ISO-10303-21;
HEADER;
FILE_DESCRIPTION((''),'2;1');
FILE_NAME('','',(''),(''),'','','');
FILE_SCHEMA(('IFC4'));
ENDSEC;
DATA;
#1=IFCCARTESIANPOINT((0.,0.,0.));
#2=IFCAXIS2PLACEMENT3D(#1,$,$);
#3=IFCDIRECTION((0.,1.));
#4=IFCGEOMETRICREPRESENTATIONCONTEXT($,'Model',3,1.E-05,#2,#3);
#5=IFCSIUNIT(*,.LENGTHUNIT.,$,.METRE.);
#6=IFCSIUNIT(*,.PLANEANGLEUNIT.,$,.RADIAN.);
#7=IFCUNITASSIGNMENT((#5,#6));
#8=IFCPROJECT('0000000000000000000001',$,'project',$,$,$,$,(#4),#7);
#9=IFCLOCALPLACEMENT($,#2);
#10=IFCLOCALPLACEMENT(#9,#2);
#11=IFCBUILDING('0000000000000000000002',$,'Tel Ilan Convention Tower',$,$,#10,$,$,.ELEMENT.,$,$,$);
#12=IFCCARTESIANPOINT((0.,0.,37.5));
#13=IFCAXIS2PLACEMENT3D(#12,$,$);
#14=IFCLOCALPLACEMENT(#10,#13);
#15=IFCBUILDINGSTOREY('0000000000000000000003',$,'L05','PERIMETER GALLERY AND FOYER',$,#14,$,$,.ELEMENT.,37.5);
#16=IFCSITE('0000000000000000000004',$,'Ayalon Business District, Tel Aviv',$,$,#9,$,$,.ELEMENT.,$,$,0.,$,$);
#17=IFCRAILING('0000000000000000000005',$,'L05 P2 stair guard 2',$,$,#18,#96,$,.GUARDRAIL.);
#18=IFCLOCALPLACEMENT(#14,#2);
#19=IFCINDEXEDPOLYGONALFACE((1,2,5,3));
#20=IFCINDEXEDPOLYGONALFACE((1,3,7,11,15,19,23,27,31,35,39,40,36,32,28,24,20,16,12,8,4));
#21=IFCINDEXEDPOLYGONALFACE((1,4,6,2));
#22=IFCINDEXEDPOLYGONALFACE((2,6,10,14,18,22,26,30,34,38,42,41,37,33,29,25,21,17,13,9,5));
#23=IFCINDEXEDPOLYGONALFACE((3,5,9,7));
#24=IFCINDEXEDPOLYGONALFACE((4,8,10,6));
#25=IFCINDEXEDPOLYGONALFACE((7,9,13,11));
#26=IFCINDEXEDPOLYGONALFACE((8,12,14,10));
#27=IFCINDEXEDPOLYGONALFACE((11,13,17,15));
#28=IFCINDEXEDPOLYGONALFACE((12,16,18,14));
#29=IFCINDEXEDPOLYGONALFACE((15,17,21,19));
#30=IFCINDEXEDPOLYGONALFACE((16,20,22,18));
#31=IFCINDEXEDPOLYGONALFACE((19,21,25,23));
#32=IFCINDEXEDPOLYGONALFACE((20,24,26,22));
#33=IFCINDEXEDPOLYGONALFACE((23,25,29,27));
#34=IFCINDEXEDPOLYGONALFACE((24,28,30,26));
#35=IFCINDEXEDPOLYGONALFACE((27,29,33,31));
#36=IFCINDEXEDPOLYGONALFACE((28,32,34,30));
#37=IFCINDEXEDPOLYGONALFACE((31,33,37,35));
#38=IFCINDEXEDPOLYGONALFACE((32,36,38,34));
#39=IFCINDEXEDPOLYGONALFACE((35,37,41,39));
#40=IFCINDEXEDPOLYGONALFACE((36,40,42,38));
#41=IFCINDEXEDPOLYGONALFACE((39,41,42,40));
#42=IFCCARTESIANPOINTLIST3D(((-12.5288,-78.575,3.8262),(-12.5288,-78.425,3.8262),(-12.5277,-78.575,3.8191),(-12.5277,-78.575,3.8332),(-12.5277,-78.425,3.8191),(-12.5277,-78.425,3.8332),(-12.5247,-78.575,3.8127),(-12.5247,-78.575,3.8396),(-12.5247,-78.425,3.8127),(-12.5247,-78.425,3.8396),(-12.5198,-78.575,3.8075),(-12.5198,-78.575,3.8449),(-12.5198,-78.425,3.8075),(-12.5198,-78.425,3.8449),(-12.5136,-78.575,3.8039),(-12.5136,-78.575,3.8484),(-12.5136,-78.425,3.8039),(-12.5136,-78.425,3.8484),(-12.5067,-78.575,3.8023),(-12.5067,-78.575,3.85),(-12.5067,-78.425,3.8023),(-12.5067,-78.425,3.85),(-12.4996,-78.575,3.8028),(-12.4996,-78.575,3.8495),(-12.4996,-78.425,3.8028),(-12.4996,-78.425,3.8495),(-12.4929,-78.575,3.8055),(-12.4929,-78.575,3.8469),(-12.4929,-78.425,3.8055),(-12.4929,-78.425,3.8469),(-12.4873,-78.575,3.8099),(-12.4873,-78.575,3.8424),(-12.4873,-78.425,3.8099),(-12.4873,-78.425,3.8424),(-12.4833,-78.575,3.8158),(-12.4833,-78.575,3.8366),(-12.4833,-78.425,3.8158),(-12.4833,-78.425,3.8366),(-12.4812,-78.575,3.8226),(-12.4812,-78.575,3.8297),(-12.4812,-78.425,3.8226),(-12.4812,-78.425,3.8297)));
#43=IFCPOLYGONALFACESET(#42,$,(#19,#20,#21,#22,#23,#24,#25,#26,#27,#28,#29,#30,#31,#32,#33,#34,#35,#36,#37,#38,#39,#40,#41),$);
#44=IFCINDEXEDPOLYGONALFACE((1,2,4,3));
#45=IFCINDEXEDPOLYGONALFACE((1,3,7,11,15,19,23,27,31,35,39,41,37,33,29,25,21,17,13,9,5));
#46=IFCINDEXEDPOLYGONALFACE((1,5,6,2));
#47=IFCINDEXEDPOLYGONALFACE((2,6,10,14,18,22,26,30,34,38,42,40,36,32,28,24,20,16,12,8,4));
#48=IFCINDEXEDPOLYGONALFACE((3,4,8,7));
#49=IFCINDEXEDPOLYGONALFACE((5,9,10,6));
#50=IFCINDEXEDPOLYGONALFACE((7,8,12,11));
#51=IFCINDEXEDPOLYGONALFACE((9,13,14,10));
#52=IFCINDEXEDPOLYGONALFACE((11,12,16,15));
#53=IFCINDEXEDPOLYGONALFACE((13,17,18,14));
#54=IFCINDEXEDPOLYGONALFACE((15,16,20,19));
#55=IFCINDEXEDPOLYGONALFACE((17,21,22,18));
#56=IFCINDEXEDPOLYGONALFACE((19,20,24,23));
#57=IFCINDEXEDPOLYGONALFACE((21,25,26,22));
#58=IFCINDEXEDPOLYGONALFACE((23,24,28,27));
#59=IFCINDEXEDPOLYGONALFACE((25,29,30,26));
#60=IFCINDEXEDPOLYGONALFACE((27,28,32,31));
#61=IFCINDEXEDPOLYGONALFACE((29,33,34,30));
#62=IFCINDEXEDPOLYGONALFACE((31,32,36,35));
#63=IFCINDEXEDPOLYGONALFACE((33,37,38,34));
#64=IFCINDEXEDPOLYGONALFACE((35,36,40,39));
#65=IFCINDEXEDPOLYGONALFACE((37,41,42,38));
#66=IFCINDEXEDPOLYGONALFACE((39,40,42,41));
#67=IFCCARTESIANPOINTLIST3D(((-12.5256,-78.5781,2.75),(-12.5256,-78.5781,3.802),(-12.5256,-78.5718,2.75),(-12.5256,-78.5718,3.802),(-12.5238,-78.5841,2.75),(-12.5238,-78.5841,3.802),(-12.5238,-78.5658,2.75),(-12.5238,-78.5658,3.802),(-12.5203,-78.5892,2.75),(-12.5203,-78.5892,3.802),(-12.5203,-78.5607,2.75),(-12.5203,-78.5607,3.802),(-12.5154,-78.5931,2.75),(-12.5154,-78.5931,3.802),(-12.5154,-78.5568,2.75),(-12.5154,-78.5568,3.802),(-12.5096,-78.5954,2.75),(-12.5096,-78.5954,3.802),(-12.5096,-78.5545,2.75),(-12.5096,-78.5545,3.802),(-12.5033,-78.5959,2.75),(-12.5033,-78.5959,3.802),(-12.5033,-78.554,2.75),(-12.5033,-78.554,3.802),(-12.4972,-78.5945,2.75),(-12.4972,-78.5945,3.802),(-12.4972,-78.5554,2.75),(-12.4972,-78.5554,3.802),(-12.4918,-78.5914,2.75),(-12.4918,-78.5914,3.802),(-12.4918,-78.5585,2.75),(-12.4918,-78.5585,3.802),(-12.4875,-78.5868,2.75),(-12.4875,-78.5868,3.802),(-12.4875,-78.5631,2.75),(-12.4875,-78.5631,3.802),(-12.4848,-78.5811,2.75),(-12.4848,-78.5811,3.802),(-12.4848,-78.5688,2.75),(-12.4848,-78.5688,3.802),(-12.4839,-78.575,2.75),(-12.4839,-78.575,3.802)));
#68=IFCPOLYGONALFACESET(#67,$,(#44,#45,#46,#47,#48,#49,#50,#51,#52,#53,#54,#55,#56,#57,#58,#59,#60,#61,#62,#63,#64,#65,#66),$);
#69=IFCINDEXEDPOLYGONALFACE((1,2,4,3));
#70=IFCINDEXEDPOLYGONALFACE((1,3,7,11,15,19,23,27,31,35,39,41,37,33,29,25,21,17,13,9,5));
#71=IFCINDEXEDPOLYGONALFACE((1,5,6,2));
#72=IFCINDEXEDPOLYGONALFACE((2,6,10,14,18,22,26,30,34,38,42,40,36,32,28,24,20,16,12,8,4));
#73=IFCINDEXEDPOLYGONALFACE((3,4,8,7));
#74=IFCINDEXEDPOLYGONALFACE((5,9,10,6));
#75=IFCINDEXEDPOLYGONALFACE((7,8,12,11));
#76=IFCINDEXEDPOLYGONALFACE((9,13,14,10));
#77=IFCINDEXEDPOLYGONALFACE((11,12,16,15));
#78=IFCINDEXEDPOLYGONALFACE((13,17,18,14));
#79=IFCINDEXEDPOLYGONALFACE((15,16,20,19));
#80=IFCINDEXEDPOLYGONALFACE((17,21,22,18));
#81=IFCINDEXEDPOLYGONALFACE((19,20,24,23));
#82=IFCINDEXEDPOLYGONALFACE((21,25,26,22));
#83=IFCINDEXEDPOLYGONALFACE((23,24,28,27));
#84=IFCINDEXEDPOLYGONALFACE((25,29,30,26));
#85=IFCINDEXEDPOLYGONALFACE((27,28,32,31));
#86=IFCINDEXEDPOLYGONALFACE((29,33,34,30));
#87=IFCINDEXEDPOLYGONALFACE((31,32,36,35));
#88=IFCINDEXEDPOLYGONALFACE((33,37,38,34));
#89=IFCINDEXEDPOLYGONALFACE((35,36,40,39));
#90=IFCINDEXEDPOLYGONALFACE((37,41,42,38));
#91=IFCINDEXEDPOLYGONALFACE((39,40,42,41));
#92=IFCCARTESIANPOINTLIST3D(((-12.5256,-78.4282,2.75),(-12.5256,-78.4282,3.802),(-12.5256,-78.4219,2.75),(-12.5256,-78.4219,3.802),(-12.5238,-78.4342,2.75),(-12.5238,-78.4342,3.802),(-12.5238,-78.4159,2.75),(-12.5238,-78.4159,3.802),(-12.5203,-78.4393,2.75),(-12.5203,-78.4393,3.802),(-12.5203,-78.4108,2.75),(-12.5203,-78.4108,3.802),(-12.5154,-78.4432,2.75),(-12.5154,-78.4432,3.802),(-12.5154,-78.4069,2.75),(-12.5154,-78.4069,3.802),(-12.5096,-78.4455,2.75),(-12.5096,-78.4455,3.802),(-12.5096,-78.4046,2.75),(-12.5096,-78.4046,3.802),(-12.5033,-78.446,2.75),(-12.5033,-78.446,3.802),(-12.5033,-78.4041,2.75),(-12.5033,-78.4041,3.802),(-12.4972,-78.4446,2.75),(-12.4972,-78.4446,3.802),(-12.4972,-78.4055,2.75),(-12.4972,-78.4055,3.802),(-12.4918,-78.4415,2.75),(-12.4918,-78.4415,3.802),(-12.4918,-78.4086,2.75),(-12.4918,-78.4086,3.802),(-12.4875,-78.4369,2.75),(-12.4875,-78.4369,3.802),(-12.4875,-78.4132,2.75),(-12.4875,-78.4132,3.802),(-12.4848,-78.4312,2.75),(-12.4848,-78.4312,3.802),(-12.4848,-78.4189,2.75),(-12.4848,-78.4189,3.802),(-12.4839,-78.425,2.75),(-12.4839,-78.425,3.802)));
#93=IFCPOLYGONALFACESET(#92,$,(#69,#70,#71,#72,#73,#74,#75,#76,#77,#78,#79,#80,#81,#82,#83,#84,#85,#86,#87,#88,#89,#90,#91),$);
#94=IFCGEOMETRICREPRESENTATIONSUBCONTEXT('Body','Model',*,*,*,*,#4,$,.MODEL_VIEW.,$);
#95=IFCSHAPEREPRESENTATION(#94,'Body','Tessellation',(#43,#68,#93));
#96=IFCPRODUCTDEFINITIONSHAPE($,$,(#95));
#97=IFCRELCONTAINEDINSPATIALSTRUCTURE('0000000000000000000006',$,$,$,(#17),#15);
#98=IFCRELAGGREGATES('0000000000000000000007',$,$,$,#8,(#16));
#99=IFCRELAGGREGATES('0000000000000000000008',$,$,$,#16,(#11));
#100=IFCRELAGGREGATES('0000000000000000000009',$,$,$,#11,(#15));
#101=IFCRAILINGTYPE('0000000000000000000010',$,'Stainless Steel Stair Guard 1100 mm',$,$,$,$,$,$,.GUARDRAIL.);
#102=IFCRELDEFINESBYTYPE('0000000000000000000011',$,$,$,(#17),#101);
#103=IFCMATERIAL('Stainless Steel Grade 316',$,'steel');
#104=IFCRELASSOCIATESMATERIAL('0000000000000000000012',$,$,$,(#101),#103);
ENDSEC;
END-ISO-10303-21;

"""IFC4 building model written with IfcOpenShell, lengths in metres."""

from ifc_helpers import new_model, si_unit, direction, frame, origin, origin_2d, place, context, subcontext, project, spatial, circle, extrude, material, type_object, element, save


model = new_model("IFC4")

# Units and contexts
model_context = context("Model", 3, precision=1e-05, world=origin(), true_north=direction((0.0, 1.0)))
body_context = subcontext(model_context, "Body", "Model", "MODEL_VIEW")
ifc_project = project(units=[si_unit("LENGTHUNIT", "METRE"), si_unit("PLANEANGLEUNIT", "RADIAN")], contexts=[model_context])

# Site, building, storey
site_placement = place(None, origin())
site = spatial("IfcSite", under=ifc_project, at=site_placement, Name="Ayalon Business District, Tel Aviv", CompositionType="ELEMENT", RefElevation=0.0)
building_placement = place(site_placement, origin())
building = spatial("IfcBuilding", under=site, at=building_placement, Name="Tel Ilan Convention Tower", CompositionType="ELEMENT")
storey_placement = place(building_placement, frame((0.0, 0.0, 37.5)))
storey = spatial("IfcBuildingStorey", under=building, at=storey_placement, Name="L05", Description="PERIMETER GALLERY AND FOYER", CompositionType="ELEMENT", Elevation=37.5)

# Railing
ifc_material_1 = material(Name="Stainless Steel Grade 316", Category="steel")
railing_type_1 = type_object("IfcRailingType", Name="Stainless Steel Stair Guard 1100 mm", PredefinedType="GUARDRAIL", material=ifc_material_1)
railing_1_placement = place(storey_placement, frame((-12.5049, -78.575, 2.75)))
element("IfcRailing", 1, at=railing_1_placement, inside=storey, type_object=railing_type_1, Name="L05 P2 stair guard 2", PredefinedType="GUARDRAIL", context=body_context, shape_type="SweptSolid", body=[
    extrude(circle(Radius=0.0239, at=origin_2d()), frame((0.0, 0.0, 1.0762), z_axis=(0.0, 1.0, 0.0), x_axis=(-1.0, 0.0, 0.0)), (0.0, 0.0, 1.0), 0.1499),
    extrude(circle(Radius=0.021, at=origin_2d()), origin(), (0.0, 0.0, 1.0), 1.052),
    extrude(circle(Radius=0.021, at=origin_2d()), frame((0.0, 0.1499, 0.0)), (0.0, 0.0, 1.0), 1.052),
])

save(model, "model.ifc")
